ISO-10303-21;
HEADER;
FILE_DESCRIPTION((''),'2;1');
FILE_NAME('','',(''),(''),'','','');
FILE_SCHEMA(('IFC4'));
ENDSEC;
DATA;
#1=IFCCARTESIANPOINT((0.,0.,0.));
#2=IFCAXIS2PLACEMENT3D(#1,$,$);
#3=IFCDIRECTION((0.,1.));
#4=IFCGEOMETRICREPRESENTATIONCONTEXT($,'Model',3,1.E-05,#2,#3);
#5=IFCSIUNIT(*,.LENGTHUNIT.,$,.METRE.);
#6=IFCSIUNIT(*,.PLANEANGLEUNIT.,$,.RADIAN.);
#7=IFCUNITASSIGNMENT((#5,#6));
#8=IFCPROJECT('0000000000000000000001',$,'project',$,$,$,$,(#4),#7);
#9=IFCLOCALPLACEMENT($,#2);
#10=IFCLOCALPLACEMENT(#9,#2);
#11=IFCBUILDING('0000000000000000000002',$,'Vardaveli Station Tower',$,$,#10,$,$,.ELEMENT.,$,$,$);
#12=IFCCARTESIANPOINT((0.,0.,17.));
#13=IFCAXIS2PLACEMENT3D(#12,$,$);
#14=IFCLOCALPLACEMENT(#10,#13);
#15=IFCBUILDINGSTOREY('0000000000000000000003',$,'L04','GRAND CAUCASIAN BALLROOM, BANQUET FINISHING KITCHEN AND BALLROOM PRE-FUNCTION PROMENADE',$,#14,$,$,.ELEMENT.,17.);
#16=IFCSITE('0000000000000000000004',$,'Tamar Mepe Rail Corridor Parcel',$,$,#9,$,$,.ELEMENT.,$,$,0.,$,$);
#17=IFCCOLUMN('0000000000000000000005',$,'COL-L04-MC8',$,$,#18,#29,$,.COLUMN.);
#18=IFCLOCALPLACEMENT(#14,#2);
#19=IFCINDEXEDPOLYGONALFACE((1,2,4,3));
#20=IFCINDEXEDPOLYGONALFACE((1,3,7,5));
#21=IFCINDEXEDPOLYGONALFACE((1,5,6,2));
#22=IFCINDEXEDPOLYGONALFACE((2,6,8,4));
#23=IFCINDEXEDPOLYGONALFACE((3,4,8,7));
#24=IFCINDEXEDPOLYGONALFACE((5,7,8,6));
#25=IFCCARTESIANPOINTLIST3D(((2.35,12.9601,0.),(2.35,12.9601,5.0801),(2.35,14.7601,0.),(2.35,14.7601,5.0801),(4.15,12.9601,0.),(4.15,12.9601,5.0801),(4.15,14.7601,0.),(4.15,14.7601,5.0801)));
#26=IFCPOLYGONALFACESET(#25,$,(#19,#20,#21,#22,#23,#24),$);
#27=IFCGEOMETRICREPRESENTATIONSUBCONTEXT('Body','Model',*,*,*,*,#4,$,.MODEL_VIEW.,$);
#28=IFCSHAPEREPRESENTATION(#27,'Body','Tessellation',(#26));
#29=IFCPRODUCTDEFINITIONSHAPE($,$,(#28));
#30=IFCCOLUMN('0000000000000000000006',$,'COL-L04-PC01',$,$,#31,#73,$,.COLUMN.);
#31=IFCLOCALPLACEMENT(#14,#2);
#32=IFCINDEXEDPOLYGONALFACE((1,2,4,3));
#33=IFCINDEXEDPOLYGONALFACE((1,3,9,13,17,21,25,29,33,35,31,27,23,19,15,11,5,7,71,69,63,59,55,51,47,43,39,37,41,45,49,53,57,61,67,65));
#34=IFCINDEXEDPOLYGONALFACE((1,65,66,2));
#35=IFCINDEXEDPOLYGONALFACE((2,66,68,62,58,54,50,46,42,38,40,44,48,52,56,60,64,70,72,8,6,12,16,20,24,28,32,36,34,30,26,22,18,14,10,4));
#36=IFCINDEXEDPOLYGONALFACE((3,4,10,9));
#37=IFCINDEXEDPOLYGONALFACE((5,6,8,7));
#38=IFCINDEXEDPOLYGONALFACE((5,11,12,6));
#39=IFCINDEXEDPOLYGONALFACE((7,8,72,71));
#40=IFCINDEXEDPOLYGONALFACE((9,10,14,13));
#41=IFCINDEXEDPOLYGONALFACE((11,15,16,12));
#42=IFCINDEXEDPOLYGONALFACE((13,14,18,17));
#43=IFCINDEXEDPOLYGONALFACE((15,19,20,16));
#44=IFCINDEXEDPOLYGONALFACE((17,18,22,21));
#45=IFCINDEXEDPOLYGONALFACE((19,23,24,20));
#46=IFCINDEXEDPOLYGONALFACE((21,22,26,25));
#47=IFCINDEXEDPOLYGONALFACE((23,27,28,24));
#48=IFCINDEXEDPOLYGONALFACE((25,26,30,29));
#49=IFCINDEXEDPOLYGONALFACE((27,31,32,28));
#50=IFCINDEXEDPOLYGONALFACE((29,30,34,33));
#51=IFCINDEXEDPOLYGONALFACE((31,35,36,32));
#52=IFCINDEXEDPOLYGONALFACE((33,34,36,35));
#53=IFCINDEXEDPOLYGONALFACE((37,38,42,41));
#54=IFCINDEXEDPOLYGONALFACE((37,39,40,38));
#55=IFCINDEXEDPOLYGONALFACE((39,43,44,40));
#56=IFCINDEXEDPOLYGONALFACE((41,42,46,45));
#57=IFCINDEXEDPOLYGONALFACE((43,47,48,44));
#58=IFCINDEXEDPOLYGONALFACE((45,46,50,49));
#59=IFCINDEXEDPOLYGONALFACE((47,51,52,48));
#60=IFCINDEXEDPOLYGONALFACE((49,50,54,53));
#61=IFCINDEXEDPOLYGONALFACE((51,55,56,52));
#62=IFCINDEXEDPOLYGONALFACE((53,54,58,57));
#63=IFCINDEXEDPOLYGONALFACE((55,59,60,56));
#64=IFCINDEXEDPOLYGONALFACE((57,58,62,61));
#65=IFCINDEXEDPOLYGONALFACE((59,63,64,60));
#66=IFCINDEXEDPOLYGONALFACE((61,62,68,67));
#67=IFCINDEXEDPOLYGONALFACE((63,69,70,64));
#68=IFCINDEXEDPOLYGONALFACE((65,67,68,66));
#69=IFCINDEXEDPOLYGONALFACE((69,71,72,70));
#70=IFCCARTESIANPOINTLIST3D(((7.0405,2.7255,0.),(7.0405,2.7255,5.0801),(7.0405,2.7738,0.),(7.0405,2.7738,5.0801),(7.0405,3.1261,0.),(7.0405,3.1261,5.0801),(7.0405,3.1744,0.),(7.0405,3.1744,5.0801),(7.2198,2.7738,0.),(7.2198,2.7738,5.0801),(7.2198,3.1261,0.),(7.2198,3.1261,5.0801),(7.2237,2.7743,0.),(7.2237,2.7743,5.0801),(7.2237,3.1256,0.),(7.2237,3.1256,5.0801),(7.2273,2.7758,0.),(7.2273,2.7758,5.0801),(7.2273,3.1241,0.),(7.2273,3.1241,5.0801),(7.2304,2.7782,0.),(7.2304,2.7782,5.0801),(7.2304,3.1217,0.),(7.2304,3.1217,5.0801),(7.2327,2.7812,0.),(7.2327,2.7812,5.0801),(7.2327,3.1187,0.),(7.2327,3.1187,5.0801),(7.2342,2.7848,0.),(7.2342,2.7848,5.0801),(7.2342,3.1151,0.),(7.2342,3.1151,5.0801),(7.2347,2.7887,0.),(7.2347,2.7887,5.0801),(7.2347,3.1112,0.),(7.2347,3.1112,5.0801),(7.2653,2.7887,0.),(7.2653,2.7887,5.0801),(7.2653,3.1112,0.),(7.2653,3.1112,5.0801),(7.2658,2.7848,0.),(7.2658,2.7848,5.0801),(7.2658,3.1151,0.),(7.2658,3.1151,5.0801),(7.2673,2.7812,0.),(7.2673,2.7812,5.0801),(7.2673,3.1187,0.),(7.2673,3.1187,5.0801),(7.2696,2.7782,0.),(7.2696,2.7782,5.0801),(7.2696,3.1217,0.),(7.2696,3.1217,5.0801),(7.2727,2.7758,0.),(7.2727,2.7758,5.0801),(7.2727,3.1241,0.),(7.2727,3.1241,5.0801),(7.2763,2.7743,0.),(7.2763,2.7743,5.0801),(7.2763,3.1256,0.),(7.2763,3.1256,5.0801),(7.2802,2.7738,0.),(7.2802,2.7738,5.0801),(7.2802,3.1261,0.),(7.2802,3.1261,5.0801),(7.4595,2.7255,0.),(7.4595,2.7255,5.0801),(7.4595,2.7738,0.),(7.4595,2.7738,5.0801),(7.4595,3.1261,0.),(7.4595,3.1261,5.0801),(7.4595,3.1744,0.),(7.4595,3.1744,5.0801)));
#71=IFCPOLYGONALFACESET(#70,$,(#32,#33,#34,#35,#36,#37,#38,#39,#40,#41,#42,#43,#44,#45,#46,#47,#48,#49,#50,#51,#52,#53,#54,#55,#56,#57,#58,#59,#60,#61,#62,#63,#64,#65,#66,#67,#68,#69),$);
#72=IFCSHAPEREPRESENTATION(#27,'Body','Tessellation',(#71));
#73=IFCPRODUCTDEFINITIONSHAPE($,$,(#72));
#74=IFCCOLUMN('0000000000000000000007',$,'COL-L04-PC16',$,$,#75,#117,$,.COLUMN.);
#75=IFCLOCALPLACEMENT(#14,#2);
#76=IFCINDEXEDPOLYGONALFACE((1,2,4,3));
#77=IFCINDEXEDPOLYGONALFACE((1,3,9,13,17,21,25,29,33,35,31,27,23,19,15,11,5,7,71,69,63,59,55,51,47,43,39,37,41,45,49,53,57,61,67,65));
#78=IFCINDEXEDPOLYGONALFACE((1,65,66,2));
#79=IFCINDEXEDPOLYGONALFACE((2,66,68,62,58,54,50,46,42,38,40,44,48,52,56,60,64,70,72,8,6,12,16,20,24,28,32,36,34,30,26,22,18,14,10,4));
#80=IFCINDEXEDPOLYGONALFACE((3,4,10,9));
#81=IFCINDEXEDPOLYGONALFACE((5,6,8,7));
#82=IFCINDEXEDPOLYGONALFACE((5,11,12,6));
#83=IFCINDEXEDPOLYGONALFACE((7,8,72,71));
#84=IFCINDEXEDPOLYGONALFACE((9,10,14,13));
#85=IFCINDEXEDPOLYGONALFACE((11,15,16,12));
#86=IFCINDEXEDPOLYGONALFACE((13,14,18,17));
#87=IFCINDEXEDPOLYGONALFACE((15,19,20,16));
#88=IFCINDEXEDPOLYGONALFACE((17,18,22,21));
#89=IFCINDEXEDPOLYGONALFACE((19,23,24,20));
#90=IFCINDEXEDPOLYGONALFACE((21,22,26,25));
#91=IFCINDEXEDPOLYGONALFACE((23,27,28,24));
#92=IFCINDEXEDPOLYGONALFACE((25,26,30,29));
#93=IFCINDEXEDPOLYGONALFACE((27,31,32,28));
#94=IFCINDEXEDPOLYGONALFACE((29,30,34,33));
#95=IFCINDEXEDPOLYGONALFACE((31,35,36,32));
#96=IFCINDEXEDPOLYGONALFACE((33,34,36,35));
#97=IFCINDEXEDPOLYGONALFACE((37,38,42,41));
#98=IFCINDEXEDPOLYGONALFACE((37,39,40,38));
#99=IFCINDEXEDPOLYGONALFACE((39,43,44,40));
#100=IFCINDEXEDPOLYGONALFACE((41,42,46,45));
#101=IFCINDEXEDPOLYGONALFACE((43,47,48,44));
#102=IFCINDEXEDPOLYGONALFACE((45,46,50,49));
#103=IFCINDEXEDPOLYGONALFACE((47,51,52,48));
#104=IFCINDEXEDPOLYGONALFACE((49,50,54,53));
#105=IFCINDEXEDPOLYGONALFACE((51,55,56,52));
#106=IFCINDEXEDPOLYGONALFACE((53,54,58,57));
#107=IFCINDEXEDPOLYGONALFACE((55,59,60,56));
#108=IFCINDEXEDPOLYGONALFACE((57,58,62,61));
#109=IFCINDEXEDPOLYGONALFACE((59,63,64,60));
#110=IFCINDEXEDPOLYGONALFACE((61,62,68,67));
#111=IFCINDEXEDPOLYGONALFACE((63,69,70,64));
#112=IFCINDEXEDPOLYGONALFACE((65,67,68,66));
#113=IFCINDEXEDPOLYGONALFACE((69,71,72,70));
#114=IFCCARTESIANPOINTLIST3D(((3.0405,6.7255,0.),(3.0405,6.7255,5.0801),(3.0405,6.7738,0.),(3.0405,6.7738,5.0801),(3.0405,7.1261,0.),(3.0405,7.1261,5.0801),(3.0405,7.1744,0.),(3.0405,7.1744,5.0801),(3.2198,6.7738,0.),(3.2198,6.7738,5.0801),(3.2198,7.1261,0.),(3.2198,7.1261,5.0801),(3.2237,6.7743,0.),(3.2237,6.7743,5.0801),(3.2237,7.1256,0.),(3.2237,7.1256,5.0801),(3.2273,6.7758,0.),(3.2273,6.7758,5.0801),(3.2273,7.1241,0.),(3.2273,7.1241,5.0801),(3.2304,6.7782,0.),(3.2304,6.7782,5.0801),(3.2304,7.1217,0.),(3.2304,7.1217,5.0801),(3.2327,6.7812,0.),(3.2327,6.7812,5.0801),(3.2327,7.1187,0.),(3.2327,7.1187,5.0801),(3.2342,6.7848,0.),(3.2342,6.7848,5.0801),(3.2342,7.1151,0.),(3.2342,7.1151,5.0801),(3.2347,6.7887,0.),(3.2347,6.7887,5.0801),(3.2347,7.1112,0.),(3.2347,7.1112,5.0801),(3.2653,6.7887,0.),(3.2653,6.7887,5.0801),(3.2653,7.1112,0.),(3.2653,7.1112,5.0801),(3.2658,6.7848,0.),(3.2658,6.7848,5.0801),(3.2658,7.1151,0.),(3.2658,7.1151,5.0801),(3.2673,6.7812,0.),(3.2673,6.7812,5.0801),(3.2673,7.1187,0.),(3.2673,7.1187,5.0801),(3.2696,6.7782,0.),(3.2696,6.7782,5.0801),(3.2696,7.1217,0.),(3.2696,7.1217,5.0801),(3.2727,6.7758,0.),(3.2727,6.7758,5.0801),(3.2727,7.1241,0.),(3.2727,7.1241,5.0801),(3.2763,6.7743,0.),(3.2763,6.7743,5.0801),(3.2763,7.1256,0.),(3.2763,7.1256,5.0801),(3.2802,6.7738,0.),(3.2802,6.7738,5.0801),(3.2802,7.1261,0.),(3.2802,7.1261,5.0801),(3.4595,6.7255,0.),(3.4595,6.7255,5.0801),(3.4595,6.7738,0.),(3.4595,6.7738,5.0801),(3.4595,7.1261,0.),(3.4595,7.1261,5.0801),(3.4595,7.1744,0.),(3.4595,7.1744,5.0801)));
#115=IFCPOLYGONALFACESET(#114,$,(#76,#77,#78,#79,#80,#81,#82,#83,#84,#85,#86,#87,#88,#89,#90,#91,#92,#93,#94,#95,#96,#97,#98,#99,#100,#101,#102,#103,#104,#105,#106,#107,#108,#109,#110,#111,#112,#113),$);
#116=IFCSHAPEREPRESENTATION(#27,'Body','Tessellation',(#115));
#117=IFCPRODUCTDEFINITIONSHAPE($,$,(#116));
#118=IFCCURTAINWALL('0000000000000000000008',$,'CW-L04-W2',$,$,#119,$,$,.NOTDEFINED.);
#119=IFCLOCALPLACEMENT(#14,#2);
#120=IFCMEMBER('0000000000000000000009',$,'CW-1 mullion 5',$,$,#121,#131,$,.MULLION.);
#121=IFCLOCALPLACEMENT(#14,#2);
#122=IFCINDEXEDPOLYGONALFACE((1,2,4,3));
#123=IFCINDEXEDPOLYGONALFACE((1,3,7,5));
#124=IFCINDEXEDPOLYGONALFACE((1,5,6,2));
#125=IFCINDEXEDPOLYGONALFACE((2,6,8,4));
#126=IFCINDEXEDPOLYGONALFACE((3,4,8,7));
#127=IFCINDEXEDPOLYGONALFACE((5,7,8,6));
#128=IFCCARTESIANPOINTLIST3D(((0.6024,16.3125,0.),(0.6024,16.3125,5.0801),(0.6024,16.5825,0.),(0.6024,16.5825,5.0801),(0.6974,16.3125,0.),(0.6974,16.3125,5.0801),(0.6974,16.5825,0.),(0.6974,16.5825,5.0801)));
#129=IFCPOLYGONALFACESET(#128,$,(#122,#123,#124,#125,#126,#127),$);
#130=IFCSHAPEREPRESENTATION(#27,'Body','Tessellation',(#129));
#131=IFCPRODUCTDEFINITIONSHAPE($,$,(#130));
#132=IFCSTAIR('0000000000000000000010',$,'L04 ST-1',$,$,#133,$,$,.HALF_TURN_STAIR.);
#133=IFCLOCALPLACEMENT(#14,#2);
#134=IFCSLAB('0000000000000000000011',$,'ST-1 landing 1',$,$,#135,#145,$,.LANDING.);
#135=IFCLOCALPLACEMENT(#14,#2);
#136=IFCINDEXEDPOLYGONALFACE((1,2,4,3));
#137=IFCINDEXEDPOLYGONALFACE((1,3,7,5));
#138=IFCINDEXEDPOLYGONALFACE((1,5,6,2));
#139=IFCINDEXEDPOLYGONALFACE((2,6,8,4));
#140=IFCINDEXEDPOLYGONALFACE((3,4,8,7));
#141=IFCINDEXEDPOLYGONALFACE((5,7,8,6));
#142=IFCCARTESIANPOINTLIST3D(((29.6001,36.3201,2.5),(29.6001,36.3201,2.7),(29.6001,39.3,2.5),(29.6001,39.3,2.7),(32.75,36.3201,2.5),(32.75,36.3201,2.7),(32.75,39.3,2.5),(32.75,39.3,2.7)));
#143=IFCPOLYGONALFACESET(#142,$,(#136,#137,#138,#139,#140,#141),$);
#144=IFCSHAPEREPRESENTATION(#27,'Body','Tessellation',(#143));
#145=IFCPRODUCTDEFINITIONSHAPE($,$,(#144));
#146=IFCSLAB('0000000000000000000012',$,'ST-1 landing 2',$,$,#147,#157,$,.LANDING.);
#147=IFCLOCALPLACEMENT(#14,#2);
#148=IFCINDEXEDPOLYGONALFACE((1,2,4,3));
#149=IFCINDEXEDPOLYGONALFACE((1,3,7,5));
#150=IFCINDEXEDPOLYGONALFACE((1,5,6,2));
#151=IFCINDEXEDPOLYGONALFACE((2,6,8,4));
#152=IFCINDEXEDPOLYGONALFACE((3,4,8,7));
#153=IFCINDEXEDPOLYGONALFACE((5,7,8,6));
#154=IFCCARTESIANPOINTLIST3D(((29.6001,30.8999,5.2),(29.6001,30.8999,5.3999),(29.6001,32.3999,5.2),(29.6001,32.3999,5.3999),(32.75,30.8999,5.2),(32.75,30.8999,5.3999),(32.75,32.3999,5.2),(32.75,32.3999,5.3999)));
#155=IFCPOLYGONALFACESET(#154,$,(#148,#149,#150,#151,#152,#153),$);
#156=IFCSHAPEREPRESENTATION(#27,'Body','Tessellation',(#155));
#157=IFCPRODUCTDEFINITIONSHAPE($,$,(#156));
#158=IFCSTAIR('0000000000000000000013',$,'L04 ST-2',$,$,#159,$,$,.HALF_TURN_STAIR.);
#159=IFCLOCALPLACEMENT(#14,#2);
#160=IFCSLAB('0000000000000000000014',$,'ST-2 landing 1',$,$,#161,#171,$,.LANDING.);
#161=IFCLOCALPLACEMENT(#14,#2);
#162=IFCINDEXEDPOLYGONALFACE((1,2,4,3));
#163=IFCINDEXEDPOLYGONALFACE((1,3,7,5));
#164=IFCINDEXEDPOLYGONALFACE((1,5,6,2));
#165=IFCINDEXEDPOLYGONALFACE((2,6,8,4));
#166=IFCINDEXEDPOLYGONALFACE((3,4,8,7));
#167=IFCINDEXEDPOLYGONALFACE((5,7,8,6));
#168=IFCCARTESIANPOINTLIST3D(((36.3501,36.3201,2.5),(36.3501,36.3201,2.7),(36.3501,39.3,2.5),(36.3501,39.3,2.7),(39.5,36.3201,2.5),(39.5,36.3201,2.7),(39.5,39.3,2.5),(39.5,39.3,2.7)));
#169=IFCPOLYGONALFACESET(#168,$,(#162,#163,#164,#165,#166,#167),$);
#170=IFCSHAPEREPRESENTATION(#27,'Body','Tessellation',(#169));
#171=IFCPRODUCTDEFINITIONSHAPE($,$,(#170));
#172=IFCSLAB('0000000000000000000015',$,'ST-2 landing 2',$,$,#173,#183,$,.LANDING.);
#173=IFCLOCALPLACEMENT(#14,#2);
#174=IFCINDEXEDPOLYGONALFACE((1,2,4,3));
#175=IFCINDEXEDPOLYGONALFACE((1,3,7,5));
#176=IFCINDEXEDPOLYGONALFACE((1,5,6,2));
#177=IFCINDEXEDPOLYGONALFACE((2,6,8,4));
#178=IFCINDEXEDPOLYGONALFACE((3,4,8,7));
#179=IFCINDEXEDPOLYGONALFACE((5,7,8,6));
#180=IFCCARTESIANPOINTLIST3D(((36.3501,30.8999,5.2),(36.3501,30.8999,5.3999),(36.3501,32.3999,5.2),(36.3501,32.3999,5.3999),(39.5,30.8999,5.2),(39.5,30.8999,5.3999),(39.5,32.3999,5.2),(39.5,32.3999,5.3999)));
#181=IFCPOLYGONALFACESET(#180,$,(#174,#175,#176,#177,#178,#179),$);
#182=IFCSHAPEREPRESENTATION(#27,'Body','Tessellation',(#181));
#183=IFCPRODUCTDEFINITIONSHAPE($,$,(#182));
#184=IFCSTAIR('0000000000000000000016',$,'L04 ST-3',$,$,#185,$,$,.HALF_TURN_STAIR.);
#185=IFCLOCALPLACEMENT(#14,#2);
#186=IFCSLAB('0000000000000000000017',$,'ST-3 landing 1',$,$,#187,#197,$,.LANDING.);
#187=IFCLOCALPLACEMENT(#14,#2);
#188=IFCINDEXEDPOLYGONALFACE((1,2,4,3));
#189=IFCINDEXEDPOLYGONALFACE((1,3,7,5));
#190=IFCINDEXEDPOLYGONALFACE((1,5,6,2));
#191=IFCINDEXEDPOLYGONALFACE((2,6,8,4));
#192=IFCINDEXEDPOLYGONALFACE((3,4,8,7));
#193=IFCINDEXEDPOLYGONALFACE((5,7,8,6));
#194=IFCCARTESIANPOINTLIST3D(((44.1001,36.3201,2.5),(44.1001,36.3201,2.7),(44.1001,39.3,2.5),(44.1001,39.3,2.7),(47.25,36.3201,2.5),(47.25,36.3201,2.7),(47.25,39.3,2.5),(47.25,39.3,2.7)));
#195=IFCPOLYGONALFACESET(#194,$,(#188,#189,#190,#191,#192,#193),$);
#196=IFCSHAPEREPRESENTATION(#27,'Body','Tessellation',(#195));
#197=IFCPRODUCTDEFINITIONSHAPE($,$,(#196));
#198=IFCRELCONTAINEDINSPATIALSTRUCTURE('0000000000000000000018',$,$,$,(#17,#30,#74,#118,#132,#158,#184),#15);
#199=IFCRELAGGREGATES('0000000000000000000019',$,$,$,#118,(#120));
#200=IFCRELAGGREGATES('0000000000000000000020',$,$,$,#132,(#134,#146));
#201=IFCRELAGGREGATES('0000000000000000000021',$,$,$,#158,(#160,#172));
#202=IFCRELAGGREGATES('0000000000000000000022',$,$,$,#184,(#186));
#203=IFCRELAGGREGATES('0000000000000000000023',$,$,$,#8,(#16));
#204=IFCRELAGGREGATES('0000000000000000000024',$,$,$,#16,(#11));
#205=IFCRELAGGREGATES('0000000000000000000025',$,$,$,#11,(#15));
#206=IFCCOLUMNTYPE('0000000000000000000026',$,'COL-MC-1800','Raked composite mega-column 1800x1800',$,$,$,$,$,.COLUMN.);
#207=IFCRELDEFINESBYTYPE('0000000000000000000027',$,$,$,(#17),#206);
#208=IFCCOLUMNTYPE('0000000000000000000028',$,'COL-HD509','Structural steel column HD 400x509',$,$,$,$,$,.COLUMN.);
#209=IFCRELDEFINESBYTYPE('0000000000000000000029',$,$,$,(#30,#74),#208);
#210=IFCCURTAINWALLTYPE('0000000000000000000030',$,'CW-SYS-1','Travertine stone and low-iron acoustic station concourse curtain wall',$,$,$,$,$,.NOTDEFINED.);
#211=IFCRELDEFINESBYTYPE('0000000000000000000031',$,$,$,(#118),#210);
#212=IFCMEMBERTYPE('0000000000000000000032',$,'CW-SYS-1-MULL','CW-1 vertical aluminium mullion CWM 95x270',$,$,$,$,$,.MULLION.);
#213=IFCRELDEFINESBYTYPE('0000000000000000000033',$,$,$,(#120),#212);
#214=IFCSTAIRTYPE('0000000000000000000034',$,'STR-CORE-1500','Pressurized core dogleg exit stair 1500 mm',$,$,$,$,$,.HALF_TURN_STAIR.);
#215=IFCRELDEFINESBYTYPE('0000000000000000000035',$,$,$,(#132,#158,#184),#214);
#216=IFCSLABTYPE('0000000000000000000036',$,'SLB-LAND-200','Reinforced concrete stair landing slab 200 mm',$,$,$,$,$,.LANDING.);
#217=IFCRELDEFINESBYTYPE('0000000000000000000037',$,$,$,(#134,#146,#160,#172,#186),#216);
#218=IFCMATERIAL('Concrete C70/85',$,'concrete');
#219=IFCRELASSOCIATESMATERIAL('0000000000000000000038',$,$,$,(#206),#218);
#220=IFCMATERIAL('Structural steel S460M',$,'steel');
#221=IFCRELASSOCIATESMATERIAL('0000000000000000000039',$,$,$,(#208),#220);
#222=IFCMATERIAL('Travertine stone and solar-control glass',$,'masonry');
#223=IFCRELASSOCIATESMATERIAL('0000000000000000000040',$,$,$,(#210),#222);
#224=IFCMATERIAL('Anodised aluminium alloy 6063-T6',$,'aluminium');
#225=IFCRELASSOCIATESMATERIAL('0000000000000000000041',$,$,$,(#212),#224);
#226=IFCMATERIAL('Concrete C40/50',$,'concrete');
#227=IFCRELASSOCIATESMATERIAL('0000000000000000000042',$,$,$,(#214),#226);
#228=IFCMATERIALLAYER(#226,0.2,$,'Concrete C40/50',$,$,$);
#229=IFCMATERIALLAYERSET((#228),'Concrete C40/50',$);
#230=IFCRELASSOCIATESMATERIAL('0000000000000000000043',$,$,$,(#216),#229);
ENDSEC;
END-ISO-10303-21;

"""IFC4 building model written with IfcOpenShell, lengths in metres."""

from ifc_helpers import new_model, si_unit, direction, frame, origin, origin_2d, place, context, subcontext, project, spatial, polyline, rectangle, i_section, outline, extrude, source, transform, mapped, material, layer, layer_set, material_profile, profile_set, type_object, element, aggregate, save


model = new_model("IFC4")

# Units and contexts
model_context = context("Model", 3, precision=1e-05, world=origin(), true_north=direction((0.0, 1.0)))
body_context = subcontext(model_context, "Body", "Model", "MODEL_VIEW")
ifc_project = project(units=[si_unit("LENGTHUNIT", "METRE"), si_unit("PLANEANGLEUNIT", "RADIAN")], contexts=[model_context])

# Site, building, storey
site_placement = place(None, origin())
site = spatial("IfcSite", under=ifc_project, at=site_placement, Name="Tamar Mepe Rail Corridor Parcel", CompositionType="ELEMENT", RefElevation=0.0)
building_placement = place(site_placement, origin())
building = spatial("IfcBuilding", under=site, at=building_placement, Name="Vardaveli Station Tower", CompositionType="ELEMENT")
storey_placement = place(building_placement, frame((0.0, 0.0, 17.0)))
storey = spatial("IfcBuildingStorey", under=building, at=storey_placement, Name="L04", Description="GRAND CAUCASIAN BALLROOM, BANQUET FINISHING KITCHEN AND BALLROOM PRE-FUNCTION PROMENADE", CompositionType="ELEMENT", Elevation=17.0)

# Columns
ifc_material_1 = material(Name="Concrete C70/85", Category="concrete")
ifc_material_profile_1 = material_profile(ifc_material_1, rectangle(XDim=1.8, YDim=1.8, at=origin_2d()), Name="MC 1800x1800")
ifc_profile_set_1 = profile_set([ifc_material_profile_1], Name="Concrete C70/85")
column_type_1 = type_object("IfcColumnType", Name="COL-MC-1800", Description="Raked composite mega-column 1800x1800", PredefinedType="COLUMN", material=ifc_profile_set_1)
shared_shape_1 = source(origin(), body_context, "Body", "SweptSolid", [
    extrude(rectangle(XDim=1.8, YDim=1.8, at=origin_2d()), origin(), (0.0, 0.0, 1.0), 5.0801),
])
column_placement = place(storey_placement, frame((3.25, 13.8601, 0.0), z_axis=(0.0, 0.0, 1.0), x_axis=(1.0, 0.0, 0.0)))
element("IfcColumn", 1, at=column_placement, inside=storey, type_object=column_type_1, Name="COL-L04-MC8", PredefinedType="COLUMN", context=body_context, shape_type="MappedRepresentation", body=[
    mapped(shared_shape_1, transform((0.0, 0.0, 0.0), scale=1.0)),
])
ifc_material_2 = material(Name="Structural steel S460M", Category="steel")
ifc_material_profile_2 = material_profile(ifc_material_2, i_section(OverallWidth=0.4189, OverallDepth=0.449, WebThickness=0.0305, FlangeThickness=0.0483, FilletRadius=0.0149, at=origin_2d()), Name="HD 400x509")
ifc_profile_set_2 = profile_set([ifc_material_profile_2], Name="Structural steel S460M")
column_type_2 = type_object("IfcColumnType", Name="COL-HD509", Description="Structural steel column HD 400x509", PredefinedType="COLUMN", material=ifc_profile_set_2)
shared_shape_2 = source(origin(), body_context, "Body", "SweptSolid", [
    extrude(i_section(OverallWidth=0.4189, OverallDepth=0.449, WebThickness=0.0305, FlangeThickness=0.0483, FilletRadius=0.0149, at=origin_2d()), origin(), (0.0, 0.0, 1.0), 5.0801),
])
for number, where, z_axis, x_axis, name in (
    (2, (7.25, 2.95, 0.0), (0.0, 0.0, 1.0), (1.0, 0.0, 0.0), "COL-L04-PC01"),
    (3, (3.25, 6.95, 0.0), (0.0, 0.0, 1.0), (1.0, 0.0, 0.0), "COL-L04-PC16"),
):
    element("IfcColumn", number, at=place(storey_placement, frame(where, z_axis=z_axis, x_axis=x_axis)), inside=storey, type_object=column_type_2, Name=name, PredefinedType="COLUMN", context=body_context, shape_type="MappedRepresentation", body=[
        mapped(shared_shape_2, transform((0.0, 0.0, 0.0), scale=1.0)),
    ])

# Curtain wall, member
ifc_material_3 = material(Name="Travertine stone and solar-control glass", Category="masonry")
curtain_wall_type = type_object("IfcCurtainWallType", Name="CW-SYS-1", Description="Travertine stone and low-iron acoustic station concourse curtain wall", PredefinedType="NOTDEFINED", material=ifc_material_3)
curtain_wall_placement = place(storey_placement, origin())
curtain_wall = element("IfcCurtainWall", 4, at=curtain_wall_placement, inside=storey, type_object=curtain_wall_type, Name="CW-L04-W2", PredefinedType="NOTDEFINED")
ifc_material_4 = material(Name="Anodised aluminium alloy 6063-T6", Category="aluminium")
ifc_material_profile_3 = material_profile(ifc_material_4, rectangle(XDim=0.095, YDim=0.27, at=origin_2d()), Name="CWM 95x270")
ifc_profile_set_3 = profile_set([ifc_material_profile_3], Name="Anodised aluminium alloy 6063-T6")
member_type = type_object("IfcMemberType", Name="CW-SYS-1-MULL", Description="CW-1 vertical aluminium mullion CWM 95x270", PredefinedType="MULLION", material=ifc_profile_set_3)
shared_shape_3 = source(origin(), body_context, "Body", "SweptSolid", [
    extrude(rectangle(XDim=0.095, YDim=0.27, at=origin_2d()), origin(), (0.0, 0.0, 1.0), 5.0801),
])
member_placement = place(storey_placement, frame((0.6499, 16.4475, 0.0), z_axis=(0.0, 0.0, 1.0), x_axis=(1.0, 0.0, 0.0)))
member = element("IfcMember", 5, at=member_placement, type_object=member_type, Name="CW-1 mullion 5", PredefinedType="MULLION", context=body_context, shape_type="MappedRepresentation", body=[
    mapped(shared_shape_3, transform((0.0, 0.0, 0.0), scale=1.0)),
])
aggregate(curtain_wall, [member])

# Stairs, slabs
ifc_material_5 = material(Name="Concrete C40/50", Category="concrete")
stair_type_1 = type_object("IfcStairType", Name="STR-CORE-1500", Description="Pressurized core dogleg exit stair 1500 mm", PredefinedType="HALF_TURN_STAIR", material=ifc_material_5)
stair_1_placement = place(storey_placement, origin())
stair_1 = element("IfcStair", 6, at=stair_1_placement, inside=storey, type_object=stair_type_1, Name="L04 ST-1", PredefinedType="HALF_TURN_STAIR")
ifc_layer_1 = layer(ifc_material_5, 0.2, Name="Concrete C40/50")
ifc_layer_set_1 = layer_set([ifc_layer_1], Name="Concrete C40/50")
slab_type_1 = type_object("IfcSlabType", Name="SLB-LAND-200", Description="Reinforced concrete stair landing slab 200 mm", PredefinedType="LANDING", material=ifc_layer_set_1)
slab_1_placement = place(storey_placement, frame((0.0, 0.0, 2.5)))
slab_1 = element("IfcSlab", 7, at=slab_1_placement, type_object=slab_type_1, Name="ST-1 landing 1", PredefinedType="LANDING", context=body_context, shape_type="SweptSolid", body=[
    extrude(outline(polyline([(32.75, 36.3201), (32.75, 39.3), (29.6001, 39.3), (29.6001, 36.3201), (32.75, 36.3201)])), origin(), (0.0, 0.0, 1.0), 0.2),
])
slab_2_placement = place(storey_placement, frame((0.0, 0.0, 5.2)))
slab_2 = element("IfcSlab", 8, at=slab_2_placement, type_object=slab_type_1, Name="ST-1 landing 2", PredefinedType="LANDING", context=body_context, shape_type="SweptSolid", body=[
    extrude(outline(polyline([(32.75, 30.8999), (32.75, 32.3999), (29.6001, 32.3999), (29.6001, 30.8999), (32.75, 30.8999)])), origin(), (0.0, 0.0, 1.0), 0.2),
])
aggregate(stair_1, [slab_1, slab_2])
stair_2_placement = place(storey_placement, origin())
stair_2 = element("IfcStair", 9, at=stair_2_placement, inside=storey, type_object=stair_type_1, Name="L04 ST-2", PredefinedType="HALF_TURN_STAIR")
slab_3_placement = place(storey_placement, frame((0.0, 0.0, 2.5)))
slab_3 = element("IfcSlab", 10, at=slab_3_placement, type_object=slab_type_1, Name="ST-2 landing 1", PredefinedType="LANDING", context=body_context, shape_type="SweptSolid", body=[
    extrude(outline(polyline([(39.5, 36.3201), (39.5, 39.3), (36.3501, 39.3), (36.3501, 36.3201), (39.5, 36.3201)])), origin(), (0.0, 0.0, 1.0), 0.2),
])
slab_4_placement = place(storey_placement, frame((0.0, 0.0, 5.2)))
slab_4 = element("IfcSlab", 11, at=slab_4_placement, type_object=slab_type_1, Name="ST-2 landing 2", PredefinedType="LANDING", context=body_context, shape_type="SweptSolid", body=[
    extrude(outline(polyline([(39.5, 30.8999), (39.5, 32.3999), (36.3501, 32.3999), (36.3501, 30.8999), (39.5, 30.8999)])), origin(), (0.0, 0.0, 1.0), 0.2),
])
aggregate(stair_2, [slab_3, slab_4])
stair_3_placement = place(storey_placement, origin())
stair_3 = element("IfcStair", 12, at=stair_3_placement, inside=storey, type_object=stair_type_1, Name="L04 ST-3", PredefinedType="HALF_TURN_STAIR")
slab_5_placement = place(storey_placement, frame((0.0, 0.0, 2.5)))
slab_5 = element("IfcSlab", 13, at=slab_5_placement, type_object=slab_type_1, Name="ST-3 landing 1", PredefinedType="LANDING", context=body_context, shape_type="SweptSolid", body=[
    extrude(outline(polyline([(47.25, 36.3201), (47.25, 39.3), (44.1001, 39.3), (44.1001, 36.3201), (47.25, 36.3201)])), origin(), (0.0, 0.0, 1.0), 0.2),
])
aggregate(stair_3, [slab_5])

save(model, "model.ifc")
